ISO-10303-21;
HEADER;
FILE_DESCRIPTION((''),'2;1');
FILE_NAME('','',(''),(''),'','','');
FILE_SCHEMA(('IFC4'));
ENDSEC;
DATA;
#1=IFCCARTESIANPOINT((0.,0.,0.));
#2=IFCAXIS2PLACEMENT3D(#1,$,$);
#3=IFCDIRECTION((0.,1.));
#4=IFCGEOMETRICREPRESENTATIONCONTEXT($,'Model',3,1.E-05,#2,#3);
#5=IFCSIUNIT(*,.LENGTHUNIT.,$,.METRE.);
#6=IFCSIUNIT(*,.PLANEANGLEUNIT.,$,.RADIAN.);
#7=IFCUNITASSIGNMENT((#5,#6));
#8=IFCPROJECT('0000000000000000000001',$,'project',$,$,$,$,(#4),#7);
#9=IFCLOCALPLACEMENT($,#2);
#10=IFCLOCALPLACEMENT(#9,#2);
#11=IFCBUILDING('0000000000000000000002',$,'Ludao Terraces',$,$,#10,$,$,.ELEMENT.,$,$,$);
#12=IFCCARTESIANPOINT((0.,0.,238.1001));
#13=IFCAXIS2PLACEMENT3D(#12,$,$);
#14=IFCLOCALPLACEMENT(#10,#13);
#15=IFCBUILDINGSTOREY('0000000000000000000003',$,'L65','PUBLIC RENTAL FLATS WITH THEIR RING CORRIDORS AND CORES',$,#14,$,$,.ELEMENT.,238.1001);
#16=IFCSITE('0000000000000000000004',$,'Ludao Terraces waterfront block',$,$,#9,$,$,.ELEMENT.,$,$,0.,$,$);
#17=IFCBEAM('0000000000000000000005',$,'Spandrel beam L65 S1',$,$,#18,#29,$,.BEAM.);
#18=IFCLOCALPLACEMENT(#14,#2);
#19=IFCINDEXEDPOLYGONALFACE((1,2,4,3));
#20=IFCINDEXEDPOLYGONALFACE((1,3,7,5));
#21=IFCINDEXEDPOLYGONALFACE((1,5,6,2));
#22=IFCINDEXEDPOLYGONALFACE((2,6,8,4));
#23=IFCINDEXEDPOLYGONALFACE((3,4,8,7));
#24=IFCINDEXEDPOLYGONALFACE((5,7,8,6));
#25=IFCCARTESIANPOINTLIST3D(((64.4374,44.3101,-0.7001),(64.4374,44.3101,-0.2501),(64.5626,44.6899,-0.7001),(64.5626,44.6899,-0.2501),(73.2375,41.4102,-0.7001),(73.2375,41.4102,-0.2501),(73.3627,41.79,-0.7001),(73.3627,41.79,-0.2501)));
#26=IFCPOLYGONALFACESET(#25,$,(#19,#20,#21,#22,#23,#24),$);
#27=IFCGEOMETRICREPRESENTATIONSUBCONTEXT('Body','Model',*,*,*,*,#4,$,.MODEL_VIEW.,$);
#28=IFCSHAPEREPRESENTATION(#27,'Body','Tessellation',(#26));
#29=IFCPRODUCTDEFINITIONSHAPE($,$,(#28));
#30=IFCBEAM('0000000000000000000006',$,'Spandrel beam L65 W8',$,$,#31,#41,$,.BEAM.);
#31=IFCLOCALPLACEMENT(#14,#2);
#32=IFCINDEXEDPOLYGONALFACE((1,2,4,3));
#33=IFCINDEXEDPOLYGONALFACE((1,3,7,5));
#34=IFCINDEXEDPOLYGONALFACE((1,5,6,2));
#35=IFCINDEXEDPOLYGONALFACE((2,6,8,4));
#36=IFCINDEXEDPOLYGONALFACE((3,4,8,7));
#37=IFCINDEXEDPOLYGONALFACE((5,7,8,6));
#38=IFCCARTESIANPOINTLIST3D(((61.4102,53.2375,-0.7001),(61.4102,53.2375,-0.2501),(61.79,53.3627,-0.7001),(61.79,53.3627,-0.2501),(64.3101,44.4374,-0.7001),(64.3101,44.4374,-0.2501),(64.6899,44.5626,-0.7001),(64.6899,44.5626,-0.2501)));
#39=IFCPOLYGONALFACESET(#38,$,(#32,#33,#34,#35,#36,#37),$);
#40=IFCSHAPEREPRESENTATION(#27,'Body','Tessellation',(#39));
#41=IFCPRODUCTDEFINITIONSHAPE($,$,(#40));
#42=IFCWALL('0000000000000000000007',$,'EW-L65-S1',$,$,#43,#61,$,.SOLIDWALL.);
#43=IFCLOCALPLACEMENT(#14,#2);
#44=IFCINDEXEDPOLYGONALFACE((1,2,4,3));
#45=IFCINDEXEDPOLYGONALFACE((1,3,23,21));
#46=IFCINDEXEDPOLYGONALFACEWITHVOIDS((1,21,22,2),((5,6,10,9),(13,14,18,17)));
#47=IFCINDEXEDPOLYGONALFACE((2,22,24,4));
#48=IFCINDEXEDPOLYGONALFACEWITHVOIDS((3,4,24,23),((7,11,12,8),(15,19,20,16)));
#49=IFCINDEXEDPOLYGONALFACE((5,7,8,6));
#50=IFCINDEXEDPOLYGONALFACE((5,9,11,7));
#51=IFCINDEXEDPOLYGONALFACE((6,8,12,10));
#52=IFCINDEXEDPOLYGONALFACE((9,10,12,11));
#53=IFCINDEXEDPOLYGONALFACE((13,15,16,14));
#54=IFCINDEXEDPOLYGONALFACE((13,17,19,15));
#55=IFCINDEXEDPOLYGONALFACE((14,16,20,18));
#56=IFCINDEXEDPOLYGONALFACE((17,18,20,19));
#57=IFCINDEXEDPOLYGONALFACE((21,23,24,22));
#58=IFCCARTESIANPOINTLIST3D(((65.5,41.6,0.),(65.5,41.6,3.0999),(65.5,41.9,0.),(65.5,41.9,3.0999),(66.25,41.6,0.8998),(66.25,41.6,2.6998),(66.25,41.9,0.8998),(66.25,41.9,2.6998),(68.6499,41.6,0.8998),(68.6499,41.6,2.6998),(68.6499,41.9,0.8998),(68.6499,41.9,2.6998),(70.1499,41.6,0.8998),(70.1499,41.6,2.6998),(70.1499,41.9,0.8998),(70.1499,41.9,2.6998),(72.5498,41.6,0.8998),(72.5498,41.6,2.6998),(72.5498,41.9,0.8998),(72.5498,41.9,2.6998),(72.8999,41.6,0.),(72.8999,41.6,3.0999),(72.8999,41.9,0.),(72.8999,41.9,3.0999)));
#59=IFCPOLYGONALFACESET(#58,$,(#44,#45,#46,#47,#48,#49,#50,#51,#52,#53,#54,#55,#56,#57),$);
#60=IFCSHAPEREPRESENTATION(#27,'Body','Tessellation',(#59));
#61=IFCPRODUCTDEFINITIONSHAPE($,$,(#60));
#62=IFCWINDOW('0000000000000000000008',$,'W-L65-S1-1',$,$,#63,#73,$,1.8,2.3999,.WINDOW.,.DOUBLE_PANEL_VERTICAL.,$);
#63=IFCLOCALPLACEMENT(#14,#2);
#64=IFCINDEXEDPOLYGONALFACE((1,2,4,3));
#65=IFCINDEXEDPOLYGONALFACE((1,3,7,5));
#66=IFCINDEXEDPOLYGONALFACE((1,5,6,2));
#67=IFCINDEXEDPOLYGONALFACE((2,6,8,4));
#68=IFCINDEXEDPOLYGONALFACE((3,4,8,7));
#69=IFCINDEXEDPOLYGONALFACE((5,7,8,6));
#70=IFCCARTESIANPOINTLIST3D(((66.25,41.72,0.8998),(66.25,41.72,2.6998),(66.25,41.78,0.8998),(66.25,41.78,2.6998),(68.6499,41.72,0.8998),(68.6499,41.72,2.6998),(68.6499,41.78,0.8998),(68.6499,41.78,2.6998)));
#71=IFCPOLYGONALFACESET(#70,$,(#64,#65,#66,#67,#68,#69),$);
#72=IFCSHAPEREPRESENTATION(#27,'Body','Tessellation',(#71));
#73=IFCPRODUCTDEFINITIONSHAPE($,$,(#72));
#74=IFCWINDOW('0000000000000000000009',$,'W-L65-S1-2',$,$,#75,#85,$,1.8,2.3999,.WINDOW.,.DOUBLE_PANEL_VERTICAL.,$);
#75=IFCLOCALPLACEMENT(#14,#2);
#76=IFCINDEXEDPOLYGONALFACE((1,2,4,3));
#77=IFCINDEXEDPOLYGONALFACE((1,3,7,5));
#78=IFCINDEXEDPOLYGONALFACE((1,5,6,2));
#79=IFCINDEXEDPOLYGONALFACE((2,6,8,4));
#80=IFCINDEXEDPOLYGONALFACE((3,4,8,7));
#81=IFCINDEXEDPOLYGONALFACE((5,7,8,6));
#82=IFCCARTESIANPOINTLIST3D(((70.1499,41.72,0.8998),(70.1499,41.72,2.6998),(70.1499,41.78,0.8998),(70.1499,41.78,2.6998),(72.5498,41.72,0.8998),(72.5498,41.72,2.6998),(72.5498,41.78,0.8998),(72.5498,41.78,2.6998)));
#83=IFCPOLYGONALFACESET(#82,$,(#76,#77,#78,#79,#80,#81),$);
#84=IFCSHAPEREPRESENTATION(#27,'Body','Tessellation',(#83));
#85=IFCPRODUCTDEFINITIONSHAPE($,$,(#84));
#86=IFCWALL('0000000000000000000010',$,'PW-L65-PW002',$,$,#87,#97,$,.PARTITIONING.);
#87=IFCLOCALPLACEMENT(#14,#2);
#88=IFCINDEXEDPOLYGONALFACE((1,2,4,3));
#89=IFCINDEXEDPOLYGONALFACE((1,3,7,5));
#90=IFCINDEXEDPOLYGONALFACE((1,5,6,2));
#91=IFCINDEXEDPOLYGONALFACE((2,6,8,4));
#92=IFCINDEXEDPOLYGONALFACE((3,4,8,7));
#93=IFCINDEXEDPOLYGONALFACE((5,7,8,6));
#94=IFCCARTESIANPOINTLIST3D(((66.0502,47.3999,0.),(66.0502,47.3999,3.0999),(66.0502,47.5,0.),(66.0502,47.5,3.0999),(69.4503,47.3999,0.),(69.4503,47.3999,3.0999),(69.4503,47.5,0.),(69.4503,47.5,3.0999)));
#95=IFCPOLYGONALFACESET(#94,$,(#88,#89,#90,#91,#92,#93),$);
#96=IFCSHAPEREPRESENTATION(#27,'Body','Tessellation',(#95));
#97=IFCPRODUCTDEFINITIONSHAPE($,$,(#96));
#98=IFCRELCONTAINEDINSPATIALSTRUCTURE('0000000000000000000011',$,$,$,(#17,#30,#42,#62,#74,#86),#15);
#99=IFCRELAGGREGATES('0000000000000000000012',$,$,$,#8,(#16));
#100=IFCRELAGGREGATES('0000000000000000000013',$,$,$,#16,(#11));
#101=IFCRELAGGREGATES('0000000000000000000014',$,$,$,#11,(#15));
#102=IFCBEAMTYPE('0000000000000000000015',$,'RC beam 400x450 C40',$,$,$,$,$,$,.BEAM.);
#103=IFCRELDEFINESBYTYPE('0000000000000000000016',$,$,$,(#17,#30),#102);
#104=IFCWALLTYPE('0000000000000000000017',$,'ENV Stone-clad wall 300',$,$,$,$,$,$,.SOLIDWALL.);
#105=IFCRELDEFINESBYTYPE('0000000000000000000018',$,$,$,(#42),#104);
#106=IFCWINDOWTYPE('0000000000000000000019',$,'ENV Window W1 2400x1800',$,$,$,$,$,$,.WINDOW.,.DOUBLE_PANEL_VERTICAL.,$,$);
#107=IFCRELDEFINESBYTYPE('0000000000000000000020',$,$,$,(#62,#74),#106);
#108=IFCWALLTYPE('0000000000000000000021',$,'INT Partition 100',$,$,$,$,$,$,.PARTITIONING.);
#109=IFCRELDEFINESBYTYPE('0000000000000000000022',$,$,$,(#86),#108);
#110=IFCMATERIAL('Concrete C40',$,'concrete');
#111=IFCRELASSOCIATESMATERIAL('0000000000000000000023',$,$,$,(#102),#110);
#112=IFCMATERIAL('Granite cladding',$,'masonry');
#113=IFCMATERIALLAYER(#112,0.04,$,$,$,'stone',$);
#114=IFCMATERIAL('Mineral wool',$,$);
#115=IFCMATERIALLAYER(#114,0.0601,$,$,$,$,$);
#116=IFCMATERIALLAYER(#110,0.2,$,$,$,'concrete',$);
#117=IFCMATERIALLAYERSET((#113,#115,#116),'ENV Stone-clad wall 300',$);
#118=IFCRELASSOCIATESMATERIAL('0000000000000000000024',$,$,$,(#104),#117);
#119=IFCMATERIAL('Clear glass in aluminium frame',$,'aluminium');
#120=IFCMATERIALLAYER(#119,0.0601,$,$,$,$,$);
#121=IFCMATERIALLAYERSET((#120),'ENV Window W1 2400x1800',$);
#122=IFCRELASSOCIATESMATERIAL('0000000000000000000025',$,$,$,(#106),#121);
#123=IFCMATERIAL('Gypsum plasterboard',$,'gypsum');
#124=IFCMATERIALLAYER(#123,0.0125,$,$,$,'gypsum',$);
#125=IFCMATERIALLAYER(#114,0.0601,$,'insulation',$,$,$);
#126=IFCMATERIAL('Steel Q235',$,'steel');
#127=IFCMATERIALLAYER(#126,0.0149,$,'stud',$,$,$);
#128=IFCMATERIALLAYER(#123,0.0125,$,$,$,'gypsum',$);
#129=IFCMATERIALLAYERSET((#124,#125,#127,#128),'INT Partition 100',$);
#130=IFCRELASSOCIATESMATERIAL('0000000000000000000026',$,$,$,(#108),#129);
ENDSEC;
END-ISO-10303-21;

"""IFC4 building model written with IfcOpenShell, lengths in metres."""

from ifc_helpers import new_model, si_unit, direction, frame, frame_2d, origin, origin_2d, place, context, subcontext, project, spatial, rectangle, extrude, material, layer, layer_set, material_profile, profile_set, type_object, element, fill, save


model = new_model("IFC4")

# Units and contexts
model_context = context("Model", 3, precision=1e-05, world=origin(), true_north=direction((0.0, 1.0)))
body_context = subcontext(model_context, "Body", "Model", "MODEL_VIEW")
ifc_project = project(units=[si_unit("LENGTHUNIT", "METRE"), si_unit("PLANEANGLEUNIT", "RADIAN")], contexts=[model_context])

# Site, building, storey
site_placement = place(None, origin())
site = spatial("IfcSite", under=ifc_project, at=site_placement, Name="Ludao Terraces waterfront block", CompositionType="ELEMENT", RefElevation=0.0)
building_placement = place(site_placement, origin())
building = spatial("IfcBuilding", under=site, at=building_placement, Name="Ludao Terraces", CompositionType="ELEMENT")
storey_placement = place(building_placement, frame((0.0, 0.0, 238.1001)))
storey = spatial("IfcBuildingStorey", under=building, at=storey_placement, Name="L65", Description="PUBLIC RENTAL FLATS WITH THEIR RING CORRIDORS AND CORES", CompositionType="ELEMENT", Elevation=238.1001)

# Beams
ifc_material_1 = material(Name="Concrete C40", Category="concrete")
ifc_material_profile = material_profile(ifc_material_1, rectangle(XDim=0.3999, YDim=0.45, at=origin_2d()), Name="400 X 450")
ifc_profile_set = profile_set([ifc_material_profile], Name="Concrete C40")
beam_type = type_object("IfcBeamType", Name="RC beam 400x450 C40", PredefinedType="BEAM", material=ifc_profile_set)
for number, where, z_axis, x_axis, name in (
    (1, (64.5, 44.5, -0.4751), (0.949761, -0.312977, 0.0), (0.312977, 0.949761, 0.0), "Spandrel beam L65 S1"),
    (2, (64.5, 44.5, -0.4751), (-0.312977, 0.949761, 0.0), (-0.949761, -0.312977, 0.0), "Spandrel beam L65 W8"),
):
    element("IfcBeam", number, at=place(storey_placement, frame(where, z_axis=z_axis, x_axis=x_axis)), inside=storey, type_object=beam_type, Name=name, PredefinedType="BEAM", context=body_context, shape_type="SweptSolid", body=[
        extrude(rectangle(XDim=0.3999, YDim=0.45, at=origin_2d()), origin(), (0.0, 0.0, 1.0), 9.2656),
    ])

# Wall, openings, windows
ifc_material_2 = material(Name="Granite cladding", Category="masonry")
ifc_layer_1 = layer(ifc_material_2, 0.04, Category="stone")
ifc_material_3 = material(Name="Mineral wool")
ifc_layer_2 = layer(ifc_material_3, 0.0601)
ifc_layer_3 = layer(ifc_material_1, 0.2, Category="concrete")
ifc_layer_set_1 = layer_set([ifc_layer_1, ifc_layer_2, ifc_layer_3], Name="ENV Stone-clad wall 300")
wall_type_1 = type_object("IfcWallType", Name="ENV Stone-clad wall 300", PredefinedType="SOLIDWALL", material=ifc_layer_set_1)
wall_1_placement = place(storey_placement, frame((65.5, 41.75, 0.0), z_axis=(0.0, 0.0, 1.0), x_axis=(1.0, 0.0, 0.0)))
wall_1 = element("IfcWall", 3, at=wall_1_placement, inside=storey, type_object=wall_type_1, Name="EW-L65-S1", PredefinedType="SOLIDWALL", context=body_context, shape_type="SweptSolid", body=[
    extrude(rectangle(XDim=7.3999, YDim=0.3, at=frame_2d((3.7, 0.0))), origin(), (0.0, 0.0, 1.0), 3.0999),
])
opening_1_placement = place(wall_1_placement, frame((0.75, 0.0, 0.8999)))
opening_1 = element("IfcOpeningElement", 4, at=opening_1_placement, cuts=wall_1, PredefinedType="OPENING", context=body_context, shape_type="SweptSolid", body=[
    extrude(rectangle(XDim=2.3999, YDim=1.8, at=frame_2d((1.2, 0.8999))), frame((0.0, 0.1602, 0.0), z_axis=(0.0, -1.0, 0.0), x_axis=(1.0, 0.0, 0.0)), (0.0, 0.0, 1.0), 0.3201),
])
opening_2_placement = place(wall_1_placement, frame((4.6499, 0.0, 0.8999)))
opening_2 = element("IfcOpeningElement", 5, at=opening_2_placement, cuts=wall_1, PredefinedType="OPENING", context=body_context, shape_type="SweptSolid", body=[
    extrude(rectangle(XDim=2.3999, YDim=1.8, at=frame_2d((1.2, 0.8999))), frame((0.0, 0.1602, 0.0), z_axis=(0.0, -1.0, 0.0), x_axis=(1.0, 0.0, 0.0)), (0.0, 0.0, 1.0), 0.3201),
])
ifc_material_4 = material(Name="Clear glass in aluminium frame", Category="aluminium")
ifc_layer_4 = layer(ifc_material_4, 0.0601)
ifc_layer_set_2 = layer_set([ifc_layer_4], Name="ENV Window W1 2400x1800")
window_type = type_object("IfcWindowType", Name="ENV Window W1 2400x1800", PartitioningType="DOUBLE_PANEL_VERTICAL", PredefinedType="WINDOW", material=ifc_layer_set_2)
window_1_placement = place(opening_1_placement, origin())
window_1 = element("IfcWindow", 6, at=window_1_placement, inside=storey, type_object=window_type, Name="W-L65-S1-1", OverallHeight=1.8, OverallWidth=2.3999, PartitioningType="DOUBLE_PANEL_VERTICAL", PredefinedType="WINDOW", context=body_context, shape_type="SweptSolid", body=[
    extrude(rectangle(XDim=2.3999, YDim=1.8, at=frame_2d((1.2, 0.8999))), frame((0.0, 0.03, 0.0), z_axis=(0.0, -1.0, 0.0), x_axis=(1.0, 0.0, 0.0)), (0.0, 0.0, 1.0), 0.0601),
])
fill(opening_1, window_1)
window_2_placement = place(opening_2_placement, origin())
window_2 = element("IfcWindow", 7, at=window_2_placement, inside=storey, type_object=window_type, Name="W-L65-S1-2", OverallHeight=1.8, OverallWidth=2.3999, PartitioningType="DOUBLE_PANEL_VERTICAL", PredefinedType="WINDOW", context=body_context, shape_type="SweptSolid", body=[
    extrude(rectangle(XDim=2.3999, YDim=1.8, at=frame_2d((1.2, 0.8999))), frame((0.0, 0.03, 0.0), z_axis=(0.0, -1.0, 0.0), x_axis=(1.0, 0.0, 0.0)), (0.0, 0.0, 1.0), 0.0601),
])
fill(opening_2, window_2)

# Wall
ifc_material_5 = material(Name="Gypsum plasterboard", Category="gypsum")
ifc_layer_5 = layer(ifc_material_5, 0.0125, Category="gypsum")
ifc_layer_6 = layer(ifc_material_3, 0.0601, Name="insulation")
ifc_material_6 = material(Name="Steel Q235", Category="steel")
ifc_layer_7 = layer(ifc_material_6, 0.0149, Name="stud")
ifc_layer_8 = layer(ifc_material_5, 0.0125, Category="gypsum")
ifc_layer_set_3 = layer_set([ifc_layer_5, ifc_layer_6, ifc_layer_7, ifc_layer_8], Name="INT Partition 100")
wall_type_2 = type_object("IfcWallType", Name="INT Partition 100", PredefinedType="PARTITIONING", material=ifc_layer_set_3)
wall_2_placement = place(storey_placement, frame((66.05, 47.45, 0.0), z_axis=(0.0, 0.0, 1.0), x_axis=(1.0, 0.0, 0.0)))
element("IfcWall", 8, at=wall_2_placement, inside=storey, type_object=wall_type_2, Name="PW-L65-PW002", PredefinedType="PARTITIONING", context=body_context, shape_type="SweptSolid", body=[
    extrude(rectangle(XDim=3.4001, YDim=0.1001, at=frame_2d((1.7002, 0.0))), origin(), (0.0, 0.0, 1.0), 3.0999),
])

save(model, "model.ifc")
